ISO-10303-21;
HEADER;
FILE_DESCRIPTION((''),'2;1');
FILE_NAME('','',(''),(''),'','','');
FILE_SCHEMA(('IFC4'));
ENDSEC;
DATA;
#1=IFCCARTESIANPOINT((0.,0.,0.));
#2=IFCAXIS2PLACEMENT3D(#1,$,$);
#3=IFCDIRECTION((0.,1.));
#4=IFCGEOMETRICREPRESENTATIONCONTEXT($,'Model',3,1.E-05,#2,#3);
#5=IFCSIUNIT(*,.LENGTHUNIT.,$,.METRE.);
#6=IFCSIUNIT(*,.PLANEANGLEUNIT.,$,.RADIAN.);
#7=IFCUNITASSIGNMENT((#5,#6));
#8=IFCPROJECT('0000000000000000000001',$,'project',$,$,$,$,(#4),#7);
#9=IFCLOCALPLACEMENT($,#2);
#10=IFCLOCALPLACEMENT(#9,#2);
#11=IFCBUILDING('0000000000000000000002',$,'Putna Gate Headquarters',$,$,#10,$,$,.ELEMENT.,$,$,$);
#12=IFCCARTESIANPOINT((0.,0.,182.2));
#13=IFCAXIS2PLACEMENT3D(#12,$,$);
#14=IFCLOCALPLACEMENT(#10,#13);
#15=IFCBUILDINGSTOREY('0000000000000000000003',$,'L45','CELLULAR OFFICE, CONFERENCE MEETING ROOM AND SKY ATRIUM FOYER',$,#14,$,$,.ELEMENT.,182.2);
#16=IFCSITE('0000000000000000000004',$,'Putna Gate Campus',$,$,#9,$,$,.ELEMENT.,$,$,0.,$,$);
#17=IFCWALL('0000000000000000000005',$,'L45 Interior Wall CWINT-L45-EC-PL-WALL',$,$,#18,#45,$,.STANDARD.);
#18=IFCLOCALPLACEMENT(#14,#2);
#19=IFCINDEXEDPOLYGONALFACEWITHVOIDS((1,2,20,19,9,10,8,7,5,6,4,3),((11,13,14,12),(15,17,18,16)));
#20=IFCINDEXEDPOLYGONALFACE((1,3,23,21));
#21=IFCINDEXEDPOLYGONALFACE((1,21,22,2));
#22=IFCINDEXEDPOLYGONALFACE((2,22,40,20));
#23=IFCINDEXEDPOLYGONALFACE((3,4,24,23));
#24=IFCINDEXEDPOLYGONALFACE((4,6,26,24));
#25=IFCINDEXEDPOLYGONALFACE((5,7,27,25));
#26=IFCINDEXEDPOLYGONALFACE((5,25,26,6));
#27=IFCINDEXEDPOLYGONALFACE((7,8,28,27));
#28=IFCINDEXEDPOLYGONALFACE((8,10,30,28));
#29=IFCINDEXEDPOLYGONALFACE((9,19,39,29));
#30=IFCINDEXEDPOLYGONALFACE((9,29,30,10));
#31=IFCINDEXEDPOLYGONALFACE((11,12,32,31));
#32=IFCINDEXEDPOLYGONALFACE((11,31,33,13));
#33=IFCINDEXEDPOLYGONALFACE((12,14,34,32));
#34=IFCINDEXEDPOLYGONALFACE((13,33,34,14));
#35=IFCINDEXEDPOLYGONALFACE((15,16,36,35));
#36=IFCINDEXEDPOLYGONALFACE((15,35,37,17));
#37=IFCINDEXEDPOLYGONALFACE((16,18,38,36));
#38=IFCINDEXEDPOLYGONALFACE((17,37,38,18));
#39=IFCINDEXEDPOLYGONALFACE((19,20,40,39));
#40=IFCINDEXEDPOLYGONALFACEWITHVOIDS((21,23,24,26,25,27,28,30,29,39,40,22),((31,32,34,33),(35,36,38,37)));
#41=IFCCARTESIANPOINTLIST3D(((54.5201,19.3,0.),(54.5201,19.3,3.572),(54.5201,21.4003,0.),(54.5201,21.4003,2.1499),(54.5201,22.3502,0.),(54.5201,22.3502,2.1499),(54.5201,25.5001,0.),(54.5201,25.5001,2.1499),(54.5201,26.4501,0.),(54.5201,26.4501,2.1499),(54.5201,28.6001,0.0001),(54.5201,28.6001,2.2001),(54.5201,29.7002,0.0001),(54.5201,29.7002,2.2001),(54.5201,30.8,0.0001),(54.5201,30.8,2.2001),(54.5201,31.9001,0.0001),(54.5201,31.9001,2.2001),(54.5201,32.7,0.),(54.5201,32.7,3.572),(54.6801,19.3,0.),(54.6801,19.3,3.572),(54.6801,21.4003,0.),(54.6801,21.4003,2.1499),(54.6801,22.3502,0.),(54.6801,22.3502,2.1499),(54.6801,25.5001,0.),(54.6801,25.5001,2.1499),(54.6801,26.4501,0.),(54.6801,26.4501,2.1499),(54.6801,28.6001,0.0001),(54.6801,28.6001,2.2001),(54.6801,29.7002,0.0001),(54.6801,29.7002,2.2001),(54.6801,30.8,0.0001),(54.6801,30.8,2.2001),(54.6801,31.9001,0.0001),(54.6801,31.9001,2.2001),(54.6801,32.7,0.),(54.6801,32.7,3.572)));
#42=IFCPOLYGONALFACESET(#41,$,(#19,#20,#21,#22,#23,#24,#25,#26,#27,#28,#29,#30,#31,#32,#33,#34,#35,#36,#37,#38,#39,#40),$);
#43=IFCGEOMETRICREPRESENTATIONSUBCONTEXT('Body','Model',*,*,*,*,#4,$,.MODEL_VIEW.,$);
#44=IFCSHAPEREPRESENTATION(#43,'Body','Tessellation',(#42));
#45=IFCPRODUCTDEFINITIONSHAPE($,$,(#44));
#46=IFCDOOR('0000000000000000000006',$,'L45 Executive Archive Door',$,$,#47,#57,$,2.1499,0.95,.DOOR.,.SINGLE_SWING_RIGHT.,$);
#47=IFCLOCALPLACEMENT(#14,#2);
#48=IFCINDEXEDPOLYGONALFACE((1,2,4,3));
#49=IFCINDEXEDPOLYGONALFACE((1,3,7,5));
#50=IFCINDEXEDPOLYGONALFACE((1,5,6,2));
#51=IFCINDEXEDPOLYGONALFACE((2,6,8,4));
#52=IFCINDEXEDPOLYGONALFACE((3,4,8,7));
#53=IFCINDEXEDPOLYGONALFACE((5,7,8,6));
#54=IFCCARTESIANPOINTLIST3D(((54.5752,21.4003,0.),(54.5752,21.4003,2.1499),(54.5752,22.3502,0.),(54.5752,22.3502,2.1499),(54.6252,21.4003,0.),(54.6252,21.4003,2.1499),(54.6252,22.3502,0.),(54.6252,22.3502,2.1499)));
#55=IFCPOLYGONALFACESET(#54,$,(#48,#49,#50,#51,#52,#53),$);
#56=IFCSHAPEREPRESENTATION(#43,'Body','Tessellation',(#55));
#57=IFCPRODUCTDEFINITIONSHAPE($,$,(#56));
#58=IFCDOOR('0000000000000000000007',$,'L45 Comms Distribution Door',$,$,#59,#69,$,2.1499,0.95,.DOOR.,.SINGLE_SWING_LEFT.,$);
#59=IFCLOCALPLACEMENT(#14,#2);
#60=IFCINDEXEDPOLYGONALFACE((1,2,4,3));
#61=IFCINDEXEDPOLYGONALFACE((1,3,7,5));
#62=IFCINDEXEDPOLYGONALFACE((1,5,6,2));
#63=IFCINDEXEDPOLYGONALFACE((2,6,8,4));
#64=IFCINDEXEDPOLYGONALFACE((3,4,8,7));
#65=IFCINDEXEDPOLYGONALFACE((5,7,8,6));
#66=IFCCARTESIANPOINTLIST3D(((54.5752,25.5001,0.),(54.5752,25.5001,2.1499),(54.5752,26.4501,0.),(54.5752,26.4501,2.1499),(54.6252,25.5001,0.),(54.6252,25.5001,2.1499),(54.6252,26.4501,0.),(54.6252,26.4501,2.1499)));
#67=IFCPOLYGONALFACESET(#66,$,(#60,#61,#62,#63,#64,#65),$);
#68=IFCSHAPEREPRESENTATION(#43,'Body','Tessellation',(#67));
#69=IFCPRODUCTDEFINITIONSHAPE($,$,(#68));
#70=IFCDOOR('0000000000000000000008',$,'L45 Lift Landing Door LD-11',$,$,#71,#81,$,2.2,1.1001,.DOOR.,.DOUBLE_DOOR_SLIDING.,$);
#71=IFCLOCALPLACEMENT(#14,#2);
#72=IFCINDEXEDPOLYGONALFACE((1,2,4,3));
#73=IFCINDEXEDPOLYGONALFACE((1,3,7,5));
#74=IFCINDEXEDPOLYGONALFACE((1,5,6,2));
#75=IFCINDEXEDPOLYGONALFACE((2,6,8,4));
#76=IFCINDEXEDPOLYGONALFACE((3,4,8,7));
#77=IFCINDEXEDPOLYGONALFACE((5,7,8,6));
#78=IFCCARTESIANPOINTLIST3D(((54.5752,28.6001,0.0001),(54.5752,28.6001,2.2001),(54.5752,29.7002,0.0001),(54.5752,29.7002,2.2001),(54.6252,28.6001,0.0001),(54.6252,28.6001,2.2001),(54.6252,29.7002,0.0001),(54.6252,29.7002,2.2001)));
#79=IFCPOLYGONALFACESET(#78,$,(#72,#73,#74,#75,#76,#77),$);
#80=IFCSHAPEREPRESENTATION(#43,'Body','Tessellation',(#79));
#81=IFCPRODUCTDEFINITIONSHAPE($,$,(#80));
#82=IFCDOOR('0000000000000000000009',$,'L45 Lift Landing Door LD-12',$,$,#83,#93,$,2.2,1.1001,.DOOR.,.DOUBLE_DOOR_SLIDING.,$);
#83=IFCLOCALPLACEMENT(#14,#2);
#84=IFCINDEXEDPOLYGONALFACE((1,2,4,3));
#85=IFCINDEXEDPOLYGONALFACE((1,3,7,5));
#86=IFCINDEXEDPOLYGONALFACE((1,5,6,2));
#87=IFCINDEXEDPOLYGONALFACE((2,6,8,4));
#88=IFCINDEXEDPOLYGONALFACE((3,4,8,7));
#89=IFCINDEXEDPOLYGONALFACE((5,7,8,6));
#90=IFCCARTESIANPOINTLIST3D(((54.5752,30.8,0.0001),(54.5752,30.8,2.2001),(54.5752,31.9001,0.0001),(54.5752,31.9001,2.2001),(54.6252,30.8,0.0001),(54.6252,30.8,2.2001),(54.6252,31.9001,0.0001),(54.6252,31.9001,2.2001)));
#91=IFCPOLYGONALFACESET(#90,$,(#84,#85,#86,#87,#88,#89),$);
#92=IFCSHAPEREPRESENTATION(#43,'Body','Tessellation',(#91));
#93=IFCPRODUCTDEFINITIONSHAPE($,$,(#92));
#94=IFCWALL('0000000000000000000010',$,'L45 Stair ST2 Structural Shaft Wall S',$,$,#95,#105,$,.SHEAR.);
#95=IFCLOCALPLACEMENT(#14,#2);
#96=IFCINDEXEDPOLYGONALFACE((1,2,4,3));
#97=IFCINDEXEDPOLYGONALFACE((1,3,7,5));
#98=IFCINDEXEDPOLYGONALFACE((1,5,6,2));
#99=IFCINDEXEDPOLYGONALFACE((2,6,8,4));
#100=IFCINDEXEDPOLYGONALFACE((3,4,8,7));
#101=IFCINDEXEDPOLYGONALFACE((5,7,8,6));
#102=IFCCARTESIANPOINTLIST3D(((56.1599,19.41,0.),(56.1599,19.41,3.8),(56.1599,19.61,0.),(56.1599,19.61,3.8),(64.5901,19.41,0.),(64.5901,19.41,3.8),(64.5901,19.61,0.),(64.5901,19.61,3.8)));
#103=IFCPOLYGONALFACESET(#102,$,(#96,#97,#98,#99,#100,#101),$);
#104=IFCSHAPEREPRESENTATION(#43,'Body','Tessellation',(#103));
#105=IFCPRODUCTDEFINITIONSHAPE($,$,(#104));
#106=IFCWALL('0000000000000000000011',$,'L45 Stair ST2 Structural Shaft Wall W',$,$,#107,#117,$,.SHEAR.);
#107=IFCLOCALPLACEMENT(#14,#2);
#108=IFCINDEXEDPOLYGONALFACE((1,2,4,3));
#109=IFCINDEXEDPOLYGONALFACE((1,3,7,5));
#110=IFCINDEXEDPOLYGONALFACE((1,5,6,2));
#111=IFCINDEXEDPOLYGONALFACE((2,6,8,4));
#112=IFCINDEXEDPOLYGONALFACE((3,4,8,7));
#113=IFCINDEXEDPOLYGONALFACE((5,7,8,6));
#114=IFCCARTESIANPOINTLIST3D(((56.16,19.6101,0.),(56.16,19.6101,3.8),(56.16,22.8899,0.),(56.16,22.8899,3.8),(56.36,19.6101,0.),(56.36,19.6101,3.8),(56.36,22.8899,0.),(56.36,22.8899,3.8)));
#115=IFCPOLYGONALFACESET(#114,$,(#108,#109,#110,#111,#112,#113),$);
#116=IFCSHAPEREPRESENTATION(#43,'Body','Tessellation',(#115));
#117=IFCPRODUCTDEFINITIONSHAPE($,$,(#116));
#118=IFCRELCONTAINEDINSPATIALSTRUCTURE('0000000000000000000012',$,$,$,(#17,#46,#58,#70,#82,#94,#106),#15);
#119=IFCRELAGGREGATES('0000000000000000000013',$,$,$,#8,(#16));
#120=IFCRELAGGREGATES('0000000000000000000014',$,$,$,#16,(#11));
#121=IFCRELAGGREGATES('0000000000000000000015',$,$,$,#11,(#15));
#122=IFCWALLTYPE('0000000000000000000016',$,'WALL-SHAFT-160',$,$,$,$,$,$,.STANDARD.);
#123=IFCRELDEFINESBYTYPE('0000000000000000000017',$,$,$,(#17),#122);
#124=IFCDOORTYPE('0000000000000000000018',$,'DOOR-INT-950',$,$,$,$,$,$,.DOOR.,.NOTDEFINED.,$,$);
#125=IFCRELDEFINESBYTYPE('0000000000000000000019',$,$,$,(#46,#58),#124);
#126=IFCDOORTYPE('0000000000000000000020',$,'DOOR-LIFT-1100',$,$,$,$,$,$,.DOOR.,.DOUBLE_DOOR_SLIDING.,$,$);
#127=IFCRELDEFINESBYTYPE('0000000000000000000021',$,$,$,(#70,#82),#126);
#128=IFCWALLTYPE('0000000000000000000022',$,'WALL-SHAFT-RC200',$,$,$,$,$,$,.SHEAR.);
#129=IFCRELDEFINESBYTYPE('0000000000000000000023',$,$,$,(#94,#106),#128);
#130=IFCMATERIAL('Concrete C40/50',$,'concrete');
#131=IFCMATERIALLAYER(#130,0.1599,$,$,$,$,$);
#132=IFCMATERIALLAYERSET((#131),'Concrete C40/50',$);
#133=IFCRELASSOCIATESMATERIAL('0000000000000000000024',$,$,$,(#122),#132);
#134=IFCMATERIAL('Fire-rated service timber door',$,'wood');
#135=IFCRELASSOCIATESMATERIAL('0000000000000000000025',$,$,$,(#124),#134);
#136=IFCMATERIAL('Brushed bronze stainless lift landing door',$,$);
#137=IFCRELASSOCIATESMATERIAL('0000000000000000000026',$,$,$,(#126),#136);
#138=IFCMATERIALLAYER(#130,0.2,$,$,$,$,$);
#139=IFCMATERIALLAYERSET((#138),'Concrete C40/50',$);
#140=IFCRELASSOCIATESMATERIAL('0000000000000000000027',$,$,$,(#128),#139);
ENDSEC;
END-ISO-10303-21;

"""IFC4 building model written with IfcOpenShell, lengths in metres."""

from ifc_helpers import new_model, si_unit, direction, frame, frame_2d, origin, place, context, subcontext, project, spatial, rectangle, extrude, material, layer, layer_set, type_object, element, fill, save


model = new_model("IFC4")

# Units and contexts
model_context = context("Model", 3, precision=1e-05, world=origin(), true_north=direction((0.0, 1.0)))
body_context = subcontext(model_context, "Body", "Model", "MODEL_VIEW")
ifc_project = project(units=[si_unit("LENGTHUNIT", "METRE"), si_unit("PLANEANGLEUNIT", "RADIAN")], contexts=[model_context])

# Site, building, storey
site_placement = place(None, origin())
site = spatial("IfcSite", under=ifc_project, at=site_placement, Name="Putna Gate Campus", CompositionType="ELEMENT", RefElevation=0.0)
building_placement = place(site_placement, origin())
building = spatial("IfcBuilding", under=site, at=building_placement, Name="Putna Gate Headquarters", CompositionType="ELEMENT")
storey_placement = place(building_placement, frame((0.0, 0.0, 182.2)))
storey = spatial("IfcBuildingStorey", under=building, at=storey_placement, Name="L45", Description="CELLULAR OFFICE, CONFERENCE MEETING ROOM AND SKY ATRIUM FOYER", CompositionType="ELEMENT", Elevation=182.2)

# Wall, openings, doors
ifc_material_1 = material(Name="Concrete C40/50", Category="concrete")
ifc_layer_1 = layer(ifc_material_1, 0.1599)
ifc_layer_set_1 = layer_set([ifc_layer_1], Name="Concrete C40/50")
wall_type_1 = type_object("IfcWallType", Name="WALL-SHAFT-160", PredefinedType="STANDARD", material=ifc_layer_set_1)
wall_1_placement = place(storey_placement, frame((54.6001, 19.3, 0.0), z_axis=(0.0, 0.0, 1.0), x_axis=(0.0, 1.0, 0.0)))
wall_1 = element("IfcWall", 1, at=wall_1_placement, inside=storey, type_object=wall_type_1, Name="L45 Interior Wall CWINT-L45-EC-PL-WALL", PredefinedType="STANDARD", context=body_context, shape_type="SweptSolid", body=[
    extrude(rectangle(XDim=13.3999, YDim=0.1599, at=frame_2d((6.7, 0.0))), origin(), (0.0, 0.0, 1.0), 3.572),
])
opening_1_placement = place(wall_1_placement, frame((2.1001, 0.0, 0.0)))
opening_1 = element("IfcOpeningElement", 2, at=opening_1_placement, cuts=wall_1, PredefinedType="OPENING", context=body_context, shape_type="SweptSolid", body=[
    extrude(rectangle(XDim=0.95, YDim=2.1499, at=frame_2d((0.4751, 1.075))), frame((0.0, 0.0898, 0.0), z_axis=(0.0, -1.0, 0.0), x_axis=(1.0, 0.0, 0.0)), (0.0, 0.0, 1.0), 0.1799),
])
opening_2_placement = place(wall_1_placement, frame((6.2, 0.0, 0.0)))
opening_2 = element("IfcOpeningElement", 3, at=opening_2_placement, cuts=wall_1, PredefinedType="OPENING", context=body_context, shape_type="SweptSolid", body=[
    extrude(rectangle(XDim=0.95, YDim=2.1499, at=frame_2d((0.4751, 1.075))), frame((0.0, 0.0898, 0.0), z_axis=(0.0, -1.0, 0.0), x_axis=(1.0, 0.0, 0.0)), (0.0, 0.0, 1.0), 0.1799),
])
opening_3_placement = place(wall_1_placement, frame((9.3, 0.0, 0.0)))
opening_3 = element("IfcOpeningElement", 4, at=opening_3_placement, cuts=wall_1, PredefinedType="OPENING", context=body_context, shape_type="SweptSolid", body=[
    extrude(rectangle(XDim=1.1001, YDim=2.2, at=frame_2d((0.55, 1.1001))), frame((0.0, 0.0898, 0.0), z_axis=(0.0, -1.0, 0.0), x_axis=(1.0, 0.0, 0.0)), (0.0, 0.0, 1.0), 0.1799),
])
opening_4_placement = place(wall_1_placement, frame((11.5, 0.0, 0.0)))
opening_4 = element("IfcOpeningElement", 5, at=opening_4_placement, cuts=wall_1, PredefinedType="OPENING", context=body_context, shape_type="SweptSolid", body=[
    extrude(rectangle(XDim=1.1001, YDim=2.2, at=frame_2d((0.55, 1.1001))), frame((0.0, 0.0898, 0.0), z_axis=(0.0, -1.0, 0.0), x_axis=(1.0, 0.0, 0.0)), (0.0, 0.0, 1.0), 0.1799),
])
ifc_material_2 = material(Name="Fire-rated service timber door", Category="wood")
door_type_1 = type_object("IfcDoorType", Name="DOOR-INT-950", OperationType="NOTDEFINED", PredefinedType="DOOR", material=ifc_material_2)
door_1_placement = place(opening_1_placement, origin())
door_1 = element("IfcDoor", 6, at=door_1_placement, inside=storey, type_object=door_type_1, Name="L45 Executive Archive Door", OperationType="SINGLE_SWING_RIGHT", OverallHeight=2.1499, OverallWidth=0.95, PredefinedType="DOOR", context=body_context, shape_type="SweptSolid", body=[
    extrude(rectangle(XDim=0.95, YDim=2.1499, at=frame_2d((0.4751, 1.075))), frame((0.0, 0.0249, 0.0), z_axis=(0.0, -1.0, 0.0), x_axis=(1.0, 0.0, 0.0)), (0.0, 0.0, 1.0), 0.05),
])
fill(opening_1, door_1)
door_2_placement = place(opening_2_placement, origin())
door_2 = element("IfcDoor", 7, at=door_2_placement, inside=storey, type_object=door_type_1, Name="L45 Comms Distribution Door", OperationType="SINGLE_SWING_LEFT", OverallHeight=2.1499, OverallWidth=0.95, PredefinedType="DOOR", context=body_context, shape_type="SweptSolid", body=[
    extrude(rectangle(XDim=0.95, YDim=2.1499, at=frame_2d((0.4751, 1.075))), frame((0.0, 0.0249, 0.0), z_axis=(0.0, -1.0, 0.0), x_axis=(1.0, 0.0, 0.0)), (0.0, 0.0, 1.0), 0.05),
])
fill(opening_2, door_2)
ifc_material_3 = material(Name="Brushed bronze stainless lift landing door")
door_type_2 = type_object("IfcDoorType", Name="DOOR-LIFT-1100", OperationType="DOUBLE_DOOR_SLIDING", PredefinedType="DOOR", material=ifc_material_3)
door_3_placement = place(opening_3_placement, origin())
door_3 = element("IfcDoor", 8, at=door_3_placement, inside=storey, type_object=door_type_2, Name="L45 Lift Landing Door LD-11", OperationType="DOUBLE_DOOR_SLIDING", OverallHeight=2.2, OverallWidth=1.1001, PredefinedType="DOOR", context=body_context, shape_type="SweptSolid", body=[
    extrude(rectangle(XDim=1.1001, YDim=2.2, at=frame_2d((0.55, 1.1001))), frame((0.0, 0.0249, 0.0), z_axis=(0.0, -1.0, 0.0), x_axis=(1.0, 0.0, 0.0)), (0.0, 0.0, 1.0), 0.05),
])
fill(opening_3, door_3)
door_4_placement = place(opening_4_placement, origin())
door_4 = element("IfcDoor", 9, at=door_4_placement, inside=storey, type_object=door_type_2, Name="L45 Lift Landing Door LD-12", OperationType="DOUBLE_DOOR_SLIDING", OverallHeight=2.2, OverallWidth=1.1001, PredefinedType="DOOR", context=body_context, shape_type="SweptSolid", body=[
    extrude(rectangle(XDim=1.1001, YDim=2.2, at=frame_2d((0.55, 1.1001))), frame((0.0, 0.0249, 0.0), z_axis=(0.0, -1.0, 0.0), x_axis=(1.0, 0.0, 0.0)), (0.0, 0.0, 1.0), 0.05),
])
fill(opening_4, door_4)

# Walls
ifc_layer_2 = layer(ifc_material_1, 0.2)
ifc_layer_set_2 = layer_set([ifc_layer_2], Name="Concrete C40/50")
wall_type_2 = type_object("IfcWallType", Name="WALL-SHAFT-RC200", PredefinedType="SHEAR", material=ifc_layer_set_2)
wall_2_placement = place(storey_placement, frame((56.1599, 19.51, 0.0), z_axis=(0.0, 0.0, 1.0), x_axis=(1.0, 0.0, 0.0)))
element("IfcWall", 10, at=wall_2_placement, inside=storey, type_object=wall_type_2, Name="L45 Stair ST2 Structural Shaft Wall S", PredefinedType="SHEAR", context=body_context, shape_type="SweptSolid", body=[
    extrude(rectangle(XDim=8.4302, YDim=0.2, at=frame_2d((4.2151, 0.0))), origin(), (0.0, 0.0, 1.0), 3.8),
])
wall_3_placement = place(storey_placement, frame((56.26, 19.6101, 0.0), z_axis=(0.0, 0.0, 1.0), x_axis=(0.0, 1.0, 0.0)))
element("IfcWall", 11, at=wall_3_placement, inside=storey, type_object=wall_type_2, Name="L45 Stair ST2 Structural Shaft Wall W", PredefinedType="SHEAR", context=body_context, shape_type="SweptSolid", body=[
    extrude(rectangle(XDim=3.2798, YDim=0.2, at=frame_2d((1.6399, 0.0))), origin(), (0.0, 0.0, 1.0), 3.8),
])

save(model, "model.ifc")
